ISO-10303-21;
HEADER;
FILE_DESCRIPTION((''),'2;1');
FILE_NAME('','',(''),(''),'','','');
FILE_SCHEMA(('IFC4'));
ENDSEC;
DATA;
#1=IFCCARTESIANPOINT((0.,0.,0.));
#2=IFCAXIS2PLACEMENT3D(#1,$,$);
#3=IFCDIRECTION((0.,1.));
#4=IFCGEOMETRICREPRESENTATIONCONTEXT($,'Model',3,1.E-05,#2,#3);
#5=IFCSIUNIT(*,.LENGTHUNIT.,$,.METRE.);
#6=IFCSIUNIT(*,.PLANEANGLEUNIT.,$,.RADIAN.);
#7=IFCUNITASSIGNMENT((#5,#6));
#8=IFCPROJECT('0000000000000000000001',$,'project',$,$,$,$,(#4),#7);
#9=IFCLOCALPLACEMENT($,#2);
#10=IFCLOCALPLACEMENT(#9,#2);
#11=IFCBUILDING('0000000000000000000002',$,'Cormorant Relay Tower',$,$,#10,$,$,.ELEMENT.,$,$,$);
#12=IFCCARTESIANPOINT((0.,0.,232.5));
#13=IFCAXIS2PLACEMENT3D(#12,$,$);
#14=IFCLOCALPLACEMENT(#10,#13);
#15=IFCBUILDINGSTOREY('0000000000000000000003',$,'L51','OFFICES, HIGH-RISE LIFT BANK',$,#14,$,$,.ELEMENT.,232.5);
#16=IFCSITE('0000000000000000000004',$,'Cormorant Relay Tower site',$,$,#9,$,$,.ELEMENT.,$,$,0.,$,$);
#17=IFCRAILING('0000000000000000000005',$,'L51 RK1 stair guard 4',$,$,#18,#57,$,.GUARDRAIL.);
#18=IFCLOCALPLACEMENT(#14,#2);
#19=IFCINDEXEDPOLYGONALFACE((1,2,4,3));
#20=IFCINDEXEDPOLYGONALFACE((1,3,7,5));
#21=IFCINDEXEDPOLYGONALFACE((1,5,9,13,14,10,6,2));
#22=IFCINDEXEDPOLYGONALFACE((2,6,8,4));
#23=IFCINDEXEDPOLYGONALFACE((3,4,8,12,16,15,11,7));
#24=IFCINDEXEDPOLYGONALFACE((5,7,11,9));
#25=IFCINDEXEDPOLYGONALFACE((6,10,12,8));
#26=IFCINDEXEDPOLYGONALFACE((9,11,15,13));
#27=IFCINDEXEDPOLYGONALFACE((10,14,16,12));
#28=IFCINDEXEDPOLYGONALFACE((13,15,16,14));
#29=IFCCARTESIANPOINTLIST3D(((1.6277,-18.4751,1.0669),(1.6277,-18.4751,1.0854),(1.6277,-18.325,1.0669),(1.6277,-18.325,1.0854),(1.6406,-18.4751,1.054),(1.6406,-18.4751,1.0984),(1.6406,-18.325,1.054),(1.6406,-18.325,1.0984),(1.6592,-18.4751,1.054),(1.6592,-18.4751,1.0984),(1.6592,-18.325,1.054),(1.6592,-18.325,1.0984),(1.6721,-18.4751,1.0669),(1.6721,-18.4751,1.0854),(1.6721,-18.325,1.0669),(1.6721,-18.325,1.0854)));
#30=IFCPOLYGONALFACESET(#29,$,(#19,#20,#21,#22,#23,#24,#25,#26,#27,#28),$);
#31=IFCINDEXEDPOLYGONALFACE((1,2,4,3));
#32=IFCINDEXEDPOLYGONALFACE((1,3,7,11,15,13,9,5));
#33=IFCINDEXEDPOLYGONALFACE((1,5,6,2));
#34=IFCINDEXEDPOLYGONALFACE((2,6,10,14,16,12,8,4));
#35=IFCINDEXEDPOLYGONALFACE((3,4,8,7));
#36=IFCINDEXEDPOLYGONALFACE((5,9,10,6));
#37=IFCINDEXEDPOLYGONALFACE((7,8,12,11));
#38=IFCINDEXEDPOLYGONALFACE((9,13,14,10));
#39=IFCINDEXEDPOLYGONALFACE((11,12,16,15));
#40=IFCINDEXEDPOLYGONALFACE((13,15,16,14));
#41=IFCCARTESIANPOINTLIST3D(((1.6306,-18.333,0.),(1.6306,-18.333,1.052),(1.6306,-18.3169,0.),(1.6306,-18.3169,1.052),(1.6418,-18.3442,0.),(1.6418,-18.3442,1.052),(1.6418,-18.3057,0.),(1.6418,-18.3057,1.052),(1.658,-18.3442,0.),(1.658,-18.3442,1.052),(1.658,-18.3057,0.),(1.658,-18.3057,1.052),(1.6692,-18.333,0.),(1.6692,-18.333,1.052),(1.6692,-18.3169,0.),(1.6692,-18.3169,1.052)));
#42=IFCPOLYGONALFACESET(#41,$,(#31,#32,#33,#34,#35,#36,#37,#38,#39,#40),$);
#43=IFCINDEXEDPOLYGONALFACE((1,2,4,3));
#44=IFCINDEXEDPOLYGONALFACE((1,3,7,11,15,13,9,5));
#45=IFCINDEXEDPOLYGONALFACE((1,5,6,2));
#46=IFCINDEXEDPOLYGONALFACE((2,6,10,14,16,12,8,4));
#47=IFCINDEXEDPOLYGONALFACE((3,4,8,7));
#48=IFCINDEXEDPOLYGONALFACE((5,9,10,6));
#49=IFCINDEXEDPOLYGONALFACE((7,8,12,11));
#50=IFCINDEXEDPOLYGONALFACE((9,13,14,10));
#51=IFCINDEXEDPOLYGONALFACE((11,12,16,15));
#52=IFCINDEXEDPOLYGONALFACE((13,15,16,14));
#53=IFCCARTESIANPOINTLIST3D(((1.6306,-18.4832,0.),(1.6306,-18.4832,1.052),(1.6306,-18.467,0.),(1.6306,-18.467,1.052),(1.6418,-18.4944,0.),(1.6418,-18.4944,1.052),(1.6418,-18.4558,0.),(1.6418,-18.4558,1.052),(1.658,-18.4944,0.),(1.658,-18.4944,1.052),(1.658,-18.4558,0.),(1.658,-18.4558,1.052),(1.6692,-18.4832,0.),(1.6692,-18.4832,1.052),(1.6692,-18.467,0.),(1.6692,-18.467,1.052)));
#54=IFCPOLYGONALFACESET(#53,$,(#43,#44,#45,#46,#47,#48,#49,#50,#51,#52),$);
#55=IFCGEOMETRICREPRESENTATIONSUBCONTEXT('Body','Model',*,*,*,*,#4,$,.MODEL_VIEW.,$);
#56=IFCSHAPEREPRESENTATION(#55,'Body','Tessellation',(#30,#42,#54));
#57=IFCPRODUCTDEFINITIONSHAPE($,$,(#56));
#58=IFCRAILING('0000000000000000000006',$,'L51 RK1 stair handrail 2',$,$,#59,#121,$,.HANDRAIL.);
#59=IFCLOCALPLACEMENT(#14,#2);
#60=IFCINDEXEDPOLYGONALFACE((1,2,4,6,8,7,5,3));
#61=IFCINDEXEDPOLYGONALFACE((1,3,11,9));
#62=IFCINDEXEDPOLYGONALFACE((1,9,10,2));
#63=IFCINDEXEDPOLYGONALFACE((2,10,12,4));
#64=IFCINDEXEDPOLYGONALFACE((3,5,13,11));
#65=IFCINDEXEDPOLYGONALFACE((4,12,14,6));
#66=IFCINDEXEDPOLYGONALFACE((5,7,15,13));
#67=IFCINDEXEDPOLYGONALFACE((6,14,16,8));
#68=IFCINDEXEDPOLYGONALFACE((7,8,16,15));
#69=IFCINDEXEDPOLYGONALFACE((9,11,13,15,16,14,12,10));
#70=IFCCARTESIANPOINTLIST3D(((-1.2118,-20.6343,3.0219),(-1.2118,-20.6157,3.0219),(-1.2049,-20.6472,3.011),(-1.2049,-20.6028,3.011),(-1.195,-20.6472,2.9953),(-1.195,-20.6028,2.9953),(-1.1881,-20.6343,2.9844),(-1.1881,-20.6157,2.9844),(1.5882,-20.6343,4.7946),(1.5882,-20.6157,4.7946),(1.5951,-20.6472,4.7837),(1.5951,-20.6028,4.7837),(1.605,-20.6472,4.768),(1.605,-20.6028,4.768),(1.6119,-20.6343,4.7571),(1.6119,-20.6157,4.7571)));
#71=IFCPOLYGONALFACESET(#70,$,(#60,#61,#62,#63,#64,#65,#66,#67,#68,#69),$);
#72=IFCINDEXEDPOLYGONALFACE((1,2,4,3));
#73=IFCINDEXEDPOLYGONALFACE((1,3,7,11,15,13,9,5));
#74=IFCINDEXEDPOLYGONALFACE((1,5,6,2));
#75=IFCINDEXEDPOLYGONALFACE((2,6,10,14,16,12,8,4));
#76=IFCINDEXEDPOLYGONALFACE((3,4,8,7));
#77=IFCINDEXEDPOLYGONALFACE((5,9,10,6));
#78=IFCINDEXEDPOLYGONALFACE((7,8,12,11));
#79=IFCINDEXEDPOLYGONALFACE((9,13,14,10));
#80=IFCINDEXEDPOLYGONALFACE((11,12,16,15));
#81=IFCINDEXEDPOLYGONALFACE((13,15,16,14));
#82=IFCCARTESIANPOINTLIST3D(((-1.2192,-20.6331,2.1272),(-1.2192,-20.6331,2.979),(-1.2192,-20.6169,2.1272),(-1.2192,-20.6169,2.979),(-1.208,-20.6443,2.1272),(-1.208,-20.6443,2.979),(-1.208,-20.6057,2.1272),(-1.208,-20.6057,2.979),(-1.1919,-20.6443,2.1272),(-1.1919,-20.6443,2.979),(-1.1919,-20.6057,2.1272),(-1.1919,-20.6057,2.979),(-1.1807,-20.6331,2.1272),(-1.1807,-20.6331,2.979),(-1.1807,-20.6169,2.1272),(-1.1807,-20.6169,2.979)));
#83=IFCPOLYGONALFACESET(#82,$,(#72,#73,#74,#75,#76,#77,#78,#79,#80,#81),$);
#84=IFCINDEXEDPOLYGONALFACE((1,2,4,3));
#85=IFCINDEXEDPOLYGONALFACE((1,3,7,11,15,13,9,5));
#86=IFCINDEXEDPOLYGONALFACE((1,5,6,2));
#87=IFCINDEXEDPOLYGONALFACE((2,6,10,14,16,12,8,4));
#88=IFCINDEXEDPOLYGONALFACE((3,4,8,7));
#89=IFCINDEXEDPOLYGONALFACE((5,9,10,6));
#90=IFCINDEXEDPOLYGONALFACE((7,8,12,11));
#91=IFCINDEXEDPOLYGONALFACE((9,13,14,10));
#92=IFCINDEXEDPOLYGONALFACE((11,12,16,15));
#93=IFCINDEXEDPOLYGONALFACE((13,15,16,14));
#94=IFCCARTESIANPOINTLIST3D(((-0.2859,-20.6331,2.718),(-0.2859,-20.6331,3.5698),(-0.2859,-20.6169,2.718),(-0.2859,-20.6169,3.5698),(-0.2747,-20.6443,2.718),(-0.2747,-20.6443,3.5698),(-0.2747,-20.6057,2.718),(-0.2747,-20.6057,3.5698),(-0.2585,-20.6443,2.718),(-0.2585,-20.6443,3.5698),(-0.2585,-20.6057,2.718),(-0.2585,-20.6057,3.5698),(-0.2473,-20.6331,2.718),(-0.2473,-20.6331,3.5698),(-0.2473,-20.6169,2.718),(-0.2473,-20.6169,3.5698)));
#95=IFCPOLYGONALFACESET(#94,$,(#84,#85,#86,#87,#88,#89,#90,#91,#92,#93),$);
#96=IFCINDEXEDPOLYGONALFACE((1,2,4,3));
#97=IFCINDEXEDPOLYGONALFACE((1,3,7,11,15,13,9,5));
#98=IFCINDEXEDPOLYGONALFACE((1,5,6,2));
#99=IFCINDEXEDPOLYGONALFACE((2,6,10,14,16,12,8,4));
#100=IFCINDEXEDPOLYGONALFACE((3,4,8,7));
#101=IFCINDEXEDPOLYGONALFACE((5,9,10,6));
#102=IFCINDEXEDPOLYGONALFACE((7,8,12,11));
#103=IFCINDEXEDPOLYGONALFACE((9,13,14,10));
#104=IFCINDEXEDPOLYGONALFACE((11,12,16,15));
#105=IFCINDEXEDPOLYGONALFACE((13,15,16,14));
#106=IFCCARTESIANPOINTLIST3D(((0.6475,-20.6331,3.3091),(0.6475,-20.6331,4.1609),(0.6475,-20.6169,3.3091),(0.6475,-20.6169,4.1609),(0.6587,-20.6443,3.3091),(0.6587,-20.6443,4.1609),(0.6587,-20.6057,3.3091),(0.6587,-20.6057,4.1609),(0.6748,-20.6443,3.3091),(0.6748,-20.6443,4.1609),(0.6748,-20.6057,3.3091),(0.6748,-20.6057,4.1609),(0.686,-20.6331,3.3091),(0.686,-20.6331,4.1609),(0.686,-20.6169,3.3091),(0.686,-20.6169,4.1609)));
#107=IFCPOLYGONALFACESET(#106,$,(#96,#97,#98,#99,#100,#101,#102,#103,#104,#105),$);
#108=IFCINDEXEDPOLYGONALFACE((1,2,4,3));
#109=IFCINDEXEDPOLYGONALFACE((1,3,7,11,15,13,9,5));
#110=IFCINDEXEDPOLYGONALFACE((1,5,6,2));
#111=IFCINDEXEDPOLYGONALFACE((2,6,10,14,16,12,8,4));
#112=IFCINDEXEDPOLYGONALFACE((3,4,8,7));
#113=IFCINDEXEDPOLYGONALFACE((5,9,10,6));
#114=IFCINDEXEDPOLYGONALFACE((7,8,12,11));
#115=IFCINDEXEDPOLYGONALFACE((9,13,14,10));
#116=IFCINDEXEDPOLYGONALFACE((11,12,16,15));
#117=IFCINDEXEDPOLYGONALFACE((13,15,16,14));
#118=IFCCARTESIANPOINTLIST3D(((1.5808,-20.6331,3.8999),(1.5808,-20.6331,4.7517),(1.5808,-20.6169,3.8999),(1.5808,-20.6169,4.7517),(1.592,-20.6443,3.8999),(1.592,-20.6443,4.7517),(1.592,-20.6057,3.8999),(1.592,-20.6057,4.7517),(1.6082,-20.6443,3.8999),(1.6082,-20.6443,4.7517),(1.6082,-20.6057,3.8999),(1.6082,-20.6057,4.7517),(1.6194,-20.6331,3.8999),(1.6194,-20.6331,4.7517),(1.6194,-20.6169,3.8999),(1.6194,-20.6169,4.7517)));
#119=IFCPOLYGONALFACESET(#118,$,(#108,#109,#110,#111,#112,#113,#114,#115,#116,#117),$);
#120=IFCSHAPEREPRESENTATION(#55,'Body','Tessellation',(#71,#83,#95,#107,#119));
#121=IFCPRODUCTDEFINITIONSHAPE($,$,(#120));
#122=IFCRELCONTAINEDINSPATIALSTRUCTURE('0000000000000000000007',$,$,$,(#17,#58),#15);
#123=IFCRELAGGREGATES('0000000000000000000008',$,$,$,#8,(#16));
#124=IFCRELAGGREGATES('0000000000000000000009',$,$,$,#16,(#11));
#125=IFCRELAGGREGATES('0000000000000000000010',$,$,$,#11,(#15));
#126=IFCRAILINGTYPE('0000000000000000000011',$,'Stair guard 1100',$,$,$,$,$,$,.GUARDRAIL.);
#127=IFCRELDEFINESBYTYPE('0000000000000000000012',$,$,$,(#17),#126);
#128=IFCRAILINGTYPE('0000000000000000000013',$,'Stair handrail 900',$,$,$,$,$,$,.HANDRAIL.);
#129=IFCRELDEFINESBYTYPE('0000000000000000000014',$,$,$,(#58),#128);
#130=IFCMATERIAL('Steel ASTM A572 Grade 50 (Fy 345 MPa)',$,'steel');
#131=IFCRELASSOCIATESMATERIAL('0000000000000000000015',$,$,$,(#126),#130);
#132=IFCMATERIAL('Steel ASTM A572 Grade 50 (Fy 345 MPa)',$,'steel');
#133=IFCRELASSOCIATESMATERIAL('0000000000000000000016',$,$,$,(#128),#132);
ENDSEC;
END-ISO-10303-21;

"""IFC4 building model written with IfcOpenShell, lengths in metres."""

from ifc_helpers import new_model, si_unit, direction, frame, origin, place, context, subcontext, project, spatial, polyline, outline, extrude, material, type_object, element, save


model = new_model("IFC4")

# Units and contexts
model_context = context("Model", 3, precision=1e-05, world=origin(), true_north=direction((0.0, 1.0)))
body_context = subcontext(model_context, "Body", "Model", "MODEL_VIEW")
ifc_project = project(units=[si_unit("LENGTHUNIT", "METRE"), si_unit("PLANEANGLEUNIT", "RADIAN")], contexts=[model_context])

# Site, building, storey
site_placement = place(None, origin())
site = spatial("IfcSite", under=ifc_project, at=site_placement, Name="Cormorant Relay Tower site", CompositionType="ELEMENT", RefElevation=0.0)
building_placement = place(site_placement, origin())
building = spatial("IfcBuilding", under=site, at=building_placement, Name="Cormorant Relay Tower", CompositionType="ELEMENT")
storey_placement = place(building_placement, frame((0.0, 0.0, 232.5)))
storey = spatial("IfcBuildingStorey", under=building, at=storey_placement, Name="L51", Description="OFFICES, HIGH-RISE LIFT BANK", CompositionType="ELEMENT", Elevation=232.5)

# Railings
ifc_material_1 = material(Name="Steel ASTM A572 Grade 50 (Fy 345 MPa)", Category="steel")
railing_type_1 = type_object("IfcRailingType", Name="Stair guard 1100", PredefinedType="GUARDRAIL", material=ifc_material_1)
railing_1_placement = place(storey_placement, frame((1.6499, -18.325, 0.0)))
element("IfcRailing", 1, at=railing_1_placement, inside=storey, type_object=railing_type_1, Name="L51 RK1 stair guard 4", PredefinedType="GUARDRAIL", context=body_context, shape_type="SweptSolid", body=[
    extrude(outline(polyline([(0.0222, 0.0093), (0.0093, 0.0222), (-0.0093, 0.0222), (-0.0222, 0.0093), (-0.0222, -0.0093), (-0.0093, -0.0222), (0.0093, -0.0222), (0.0222, -0.0093), (0.0222, 0.0093)])), frame((0.0, 0.0, 1.0762), z_axis=(0.0, -1.0, 0.0), x_axis=(1.0, 0.0, 0.0)), (0.0, 0.0, 1.0), 0.1501),
    extrude(outline(polyline([(0.0193, 0.0081), (0.0081, 0.0193), (-0.0081, 0.0193), (-0.0193, 0.0081), (-0.0193, -0.0081), (-0.0081, -0.0193), (0.0081, -0.0193), (0.0193, -0.0081), (0.0193, 0.0081)])), origin(), (0.0, 0.0, 1.0), 1.052),
    extrude(outline(polyline([(0.0193, 0.0081), (0.0081, 0.0193), (-0.0081, 0.0193), (-0.0193, 0.0081), (-0.0193, -0.0081), (-0.0081, -0.0193), (0.0081, -0.0193), (0.0193, -0.0081), (0.0193, 0.0081)])), frame((0.0, -0.1501, 0.0)), (0.0, 0.0, 1.0), 1.052),
])
ifc_material_2 = material(Name="Steel ASTM A572 Grade 50 (Fy 345 MPa)", Category="steel")
railing_type_2 = type_object("IfcRailingType", Name="Stair handrail 900", PredefinedType="HANDRAIL", material=ifc_material_2)
railing_2_placement = place(storey_placement, frame((-1.2, -20.625, 2.1272)))
element("IfcRailing", 2, at=railing_2_placement, inside=storey, type_object=railing_type_2, Name="L51 RK1 stair handrail 2", PredefinedType="HANDRAIL", context=body_context, shape_type="SweptSolid", body=[
    extrude(outline(polyline([(0.0222, 0.0093), (0.0093, 0.0222), (-0.0093, 0.0222), (-0.0222, 0.0093), (-0.0222, -0.0093), (-0.0093, -0.0222), (0.0093, -0.0222), (0.0222, -0.0093), (0.0222, 0.0093)])), frame((0.0, 0.0, 0.876), z_axis=(0.844909, 0.0, 0.53491), x_axis=(0.0, 1.0, 0.0)), (0.0, 0.0, 1.0), 3.314),
    extrude(outline(polyline([(0.0193, 0.0081), (0.0081, 0.0193), (-0.0081, 0.0193), (-0.0193, 0.0081), (-0.0193, -0.0081), (-0.0081, -0.0193), (0.0081, -0.0193), (0.0193, -0.0081), (0.0193, 0.0081)])), origin(), (0.0, 0.0, 1.0), 0.8518),
    extrude(outline(polyline([(0.0193, 0.0081), (0.0081, 0.0193), (-0.0081, 0.0193), (-0.0193, 0.0081), (-0.0193, -0.0081), (-0.0081, -0.0193), (0.0081, -0.0193), (0.0193, -0.0081), (0.0193, 0.0081)])), frame((0.9333, 0.0, 0.5908)), (0.0, 0.0, 1.0), 0.8518),
    extrude(outline(polyline([(0.0193, 0.0081), (0.0081, 0.0193), (-0.0081, 0.0193), (-0.0193, 0.0081), (-0.0193, -0.0081), (-0.0081, -0.0193), (0.0081, -0.0193), (0.0193, -0.0081), (0.0193, 0.0081)])), frame((1.8667, 0.0, 1.1819)), (0.0, 0.0, 1.0), 0.8518),
    extrude(outline(polyline([(0.0193, 0.0081), (0.0081, 0.0193), (-0.0081, 0.0193), (-0.0193, 0.0081), (-0.0193, -0.0081), (-0.0081, -0.0193), (0.0081, -0.0193), (0.0193, -0.0081), (0.0193, 0.0081)])), frame((2.8, 0.0, 1.7727)), (0.0, 0.0, 1.0), 0.8518),
])

save(model, "model.ifc")
